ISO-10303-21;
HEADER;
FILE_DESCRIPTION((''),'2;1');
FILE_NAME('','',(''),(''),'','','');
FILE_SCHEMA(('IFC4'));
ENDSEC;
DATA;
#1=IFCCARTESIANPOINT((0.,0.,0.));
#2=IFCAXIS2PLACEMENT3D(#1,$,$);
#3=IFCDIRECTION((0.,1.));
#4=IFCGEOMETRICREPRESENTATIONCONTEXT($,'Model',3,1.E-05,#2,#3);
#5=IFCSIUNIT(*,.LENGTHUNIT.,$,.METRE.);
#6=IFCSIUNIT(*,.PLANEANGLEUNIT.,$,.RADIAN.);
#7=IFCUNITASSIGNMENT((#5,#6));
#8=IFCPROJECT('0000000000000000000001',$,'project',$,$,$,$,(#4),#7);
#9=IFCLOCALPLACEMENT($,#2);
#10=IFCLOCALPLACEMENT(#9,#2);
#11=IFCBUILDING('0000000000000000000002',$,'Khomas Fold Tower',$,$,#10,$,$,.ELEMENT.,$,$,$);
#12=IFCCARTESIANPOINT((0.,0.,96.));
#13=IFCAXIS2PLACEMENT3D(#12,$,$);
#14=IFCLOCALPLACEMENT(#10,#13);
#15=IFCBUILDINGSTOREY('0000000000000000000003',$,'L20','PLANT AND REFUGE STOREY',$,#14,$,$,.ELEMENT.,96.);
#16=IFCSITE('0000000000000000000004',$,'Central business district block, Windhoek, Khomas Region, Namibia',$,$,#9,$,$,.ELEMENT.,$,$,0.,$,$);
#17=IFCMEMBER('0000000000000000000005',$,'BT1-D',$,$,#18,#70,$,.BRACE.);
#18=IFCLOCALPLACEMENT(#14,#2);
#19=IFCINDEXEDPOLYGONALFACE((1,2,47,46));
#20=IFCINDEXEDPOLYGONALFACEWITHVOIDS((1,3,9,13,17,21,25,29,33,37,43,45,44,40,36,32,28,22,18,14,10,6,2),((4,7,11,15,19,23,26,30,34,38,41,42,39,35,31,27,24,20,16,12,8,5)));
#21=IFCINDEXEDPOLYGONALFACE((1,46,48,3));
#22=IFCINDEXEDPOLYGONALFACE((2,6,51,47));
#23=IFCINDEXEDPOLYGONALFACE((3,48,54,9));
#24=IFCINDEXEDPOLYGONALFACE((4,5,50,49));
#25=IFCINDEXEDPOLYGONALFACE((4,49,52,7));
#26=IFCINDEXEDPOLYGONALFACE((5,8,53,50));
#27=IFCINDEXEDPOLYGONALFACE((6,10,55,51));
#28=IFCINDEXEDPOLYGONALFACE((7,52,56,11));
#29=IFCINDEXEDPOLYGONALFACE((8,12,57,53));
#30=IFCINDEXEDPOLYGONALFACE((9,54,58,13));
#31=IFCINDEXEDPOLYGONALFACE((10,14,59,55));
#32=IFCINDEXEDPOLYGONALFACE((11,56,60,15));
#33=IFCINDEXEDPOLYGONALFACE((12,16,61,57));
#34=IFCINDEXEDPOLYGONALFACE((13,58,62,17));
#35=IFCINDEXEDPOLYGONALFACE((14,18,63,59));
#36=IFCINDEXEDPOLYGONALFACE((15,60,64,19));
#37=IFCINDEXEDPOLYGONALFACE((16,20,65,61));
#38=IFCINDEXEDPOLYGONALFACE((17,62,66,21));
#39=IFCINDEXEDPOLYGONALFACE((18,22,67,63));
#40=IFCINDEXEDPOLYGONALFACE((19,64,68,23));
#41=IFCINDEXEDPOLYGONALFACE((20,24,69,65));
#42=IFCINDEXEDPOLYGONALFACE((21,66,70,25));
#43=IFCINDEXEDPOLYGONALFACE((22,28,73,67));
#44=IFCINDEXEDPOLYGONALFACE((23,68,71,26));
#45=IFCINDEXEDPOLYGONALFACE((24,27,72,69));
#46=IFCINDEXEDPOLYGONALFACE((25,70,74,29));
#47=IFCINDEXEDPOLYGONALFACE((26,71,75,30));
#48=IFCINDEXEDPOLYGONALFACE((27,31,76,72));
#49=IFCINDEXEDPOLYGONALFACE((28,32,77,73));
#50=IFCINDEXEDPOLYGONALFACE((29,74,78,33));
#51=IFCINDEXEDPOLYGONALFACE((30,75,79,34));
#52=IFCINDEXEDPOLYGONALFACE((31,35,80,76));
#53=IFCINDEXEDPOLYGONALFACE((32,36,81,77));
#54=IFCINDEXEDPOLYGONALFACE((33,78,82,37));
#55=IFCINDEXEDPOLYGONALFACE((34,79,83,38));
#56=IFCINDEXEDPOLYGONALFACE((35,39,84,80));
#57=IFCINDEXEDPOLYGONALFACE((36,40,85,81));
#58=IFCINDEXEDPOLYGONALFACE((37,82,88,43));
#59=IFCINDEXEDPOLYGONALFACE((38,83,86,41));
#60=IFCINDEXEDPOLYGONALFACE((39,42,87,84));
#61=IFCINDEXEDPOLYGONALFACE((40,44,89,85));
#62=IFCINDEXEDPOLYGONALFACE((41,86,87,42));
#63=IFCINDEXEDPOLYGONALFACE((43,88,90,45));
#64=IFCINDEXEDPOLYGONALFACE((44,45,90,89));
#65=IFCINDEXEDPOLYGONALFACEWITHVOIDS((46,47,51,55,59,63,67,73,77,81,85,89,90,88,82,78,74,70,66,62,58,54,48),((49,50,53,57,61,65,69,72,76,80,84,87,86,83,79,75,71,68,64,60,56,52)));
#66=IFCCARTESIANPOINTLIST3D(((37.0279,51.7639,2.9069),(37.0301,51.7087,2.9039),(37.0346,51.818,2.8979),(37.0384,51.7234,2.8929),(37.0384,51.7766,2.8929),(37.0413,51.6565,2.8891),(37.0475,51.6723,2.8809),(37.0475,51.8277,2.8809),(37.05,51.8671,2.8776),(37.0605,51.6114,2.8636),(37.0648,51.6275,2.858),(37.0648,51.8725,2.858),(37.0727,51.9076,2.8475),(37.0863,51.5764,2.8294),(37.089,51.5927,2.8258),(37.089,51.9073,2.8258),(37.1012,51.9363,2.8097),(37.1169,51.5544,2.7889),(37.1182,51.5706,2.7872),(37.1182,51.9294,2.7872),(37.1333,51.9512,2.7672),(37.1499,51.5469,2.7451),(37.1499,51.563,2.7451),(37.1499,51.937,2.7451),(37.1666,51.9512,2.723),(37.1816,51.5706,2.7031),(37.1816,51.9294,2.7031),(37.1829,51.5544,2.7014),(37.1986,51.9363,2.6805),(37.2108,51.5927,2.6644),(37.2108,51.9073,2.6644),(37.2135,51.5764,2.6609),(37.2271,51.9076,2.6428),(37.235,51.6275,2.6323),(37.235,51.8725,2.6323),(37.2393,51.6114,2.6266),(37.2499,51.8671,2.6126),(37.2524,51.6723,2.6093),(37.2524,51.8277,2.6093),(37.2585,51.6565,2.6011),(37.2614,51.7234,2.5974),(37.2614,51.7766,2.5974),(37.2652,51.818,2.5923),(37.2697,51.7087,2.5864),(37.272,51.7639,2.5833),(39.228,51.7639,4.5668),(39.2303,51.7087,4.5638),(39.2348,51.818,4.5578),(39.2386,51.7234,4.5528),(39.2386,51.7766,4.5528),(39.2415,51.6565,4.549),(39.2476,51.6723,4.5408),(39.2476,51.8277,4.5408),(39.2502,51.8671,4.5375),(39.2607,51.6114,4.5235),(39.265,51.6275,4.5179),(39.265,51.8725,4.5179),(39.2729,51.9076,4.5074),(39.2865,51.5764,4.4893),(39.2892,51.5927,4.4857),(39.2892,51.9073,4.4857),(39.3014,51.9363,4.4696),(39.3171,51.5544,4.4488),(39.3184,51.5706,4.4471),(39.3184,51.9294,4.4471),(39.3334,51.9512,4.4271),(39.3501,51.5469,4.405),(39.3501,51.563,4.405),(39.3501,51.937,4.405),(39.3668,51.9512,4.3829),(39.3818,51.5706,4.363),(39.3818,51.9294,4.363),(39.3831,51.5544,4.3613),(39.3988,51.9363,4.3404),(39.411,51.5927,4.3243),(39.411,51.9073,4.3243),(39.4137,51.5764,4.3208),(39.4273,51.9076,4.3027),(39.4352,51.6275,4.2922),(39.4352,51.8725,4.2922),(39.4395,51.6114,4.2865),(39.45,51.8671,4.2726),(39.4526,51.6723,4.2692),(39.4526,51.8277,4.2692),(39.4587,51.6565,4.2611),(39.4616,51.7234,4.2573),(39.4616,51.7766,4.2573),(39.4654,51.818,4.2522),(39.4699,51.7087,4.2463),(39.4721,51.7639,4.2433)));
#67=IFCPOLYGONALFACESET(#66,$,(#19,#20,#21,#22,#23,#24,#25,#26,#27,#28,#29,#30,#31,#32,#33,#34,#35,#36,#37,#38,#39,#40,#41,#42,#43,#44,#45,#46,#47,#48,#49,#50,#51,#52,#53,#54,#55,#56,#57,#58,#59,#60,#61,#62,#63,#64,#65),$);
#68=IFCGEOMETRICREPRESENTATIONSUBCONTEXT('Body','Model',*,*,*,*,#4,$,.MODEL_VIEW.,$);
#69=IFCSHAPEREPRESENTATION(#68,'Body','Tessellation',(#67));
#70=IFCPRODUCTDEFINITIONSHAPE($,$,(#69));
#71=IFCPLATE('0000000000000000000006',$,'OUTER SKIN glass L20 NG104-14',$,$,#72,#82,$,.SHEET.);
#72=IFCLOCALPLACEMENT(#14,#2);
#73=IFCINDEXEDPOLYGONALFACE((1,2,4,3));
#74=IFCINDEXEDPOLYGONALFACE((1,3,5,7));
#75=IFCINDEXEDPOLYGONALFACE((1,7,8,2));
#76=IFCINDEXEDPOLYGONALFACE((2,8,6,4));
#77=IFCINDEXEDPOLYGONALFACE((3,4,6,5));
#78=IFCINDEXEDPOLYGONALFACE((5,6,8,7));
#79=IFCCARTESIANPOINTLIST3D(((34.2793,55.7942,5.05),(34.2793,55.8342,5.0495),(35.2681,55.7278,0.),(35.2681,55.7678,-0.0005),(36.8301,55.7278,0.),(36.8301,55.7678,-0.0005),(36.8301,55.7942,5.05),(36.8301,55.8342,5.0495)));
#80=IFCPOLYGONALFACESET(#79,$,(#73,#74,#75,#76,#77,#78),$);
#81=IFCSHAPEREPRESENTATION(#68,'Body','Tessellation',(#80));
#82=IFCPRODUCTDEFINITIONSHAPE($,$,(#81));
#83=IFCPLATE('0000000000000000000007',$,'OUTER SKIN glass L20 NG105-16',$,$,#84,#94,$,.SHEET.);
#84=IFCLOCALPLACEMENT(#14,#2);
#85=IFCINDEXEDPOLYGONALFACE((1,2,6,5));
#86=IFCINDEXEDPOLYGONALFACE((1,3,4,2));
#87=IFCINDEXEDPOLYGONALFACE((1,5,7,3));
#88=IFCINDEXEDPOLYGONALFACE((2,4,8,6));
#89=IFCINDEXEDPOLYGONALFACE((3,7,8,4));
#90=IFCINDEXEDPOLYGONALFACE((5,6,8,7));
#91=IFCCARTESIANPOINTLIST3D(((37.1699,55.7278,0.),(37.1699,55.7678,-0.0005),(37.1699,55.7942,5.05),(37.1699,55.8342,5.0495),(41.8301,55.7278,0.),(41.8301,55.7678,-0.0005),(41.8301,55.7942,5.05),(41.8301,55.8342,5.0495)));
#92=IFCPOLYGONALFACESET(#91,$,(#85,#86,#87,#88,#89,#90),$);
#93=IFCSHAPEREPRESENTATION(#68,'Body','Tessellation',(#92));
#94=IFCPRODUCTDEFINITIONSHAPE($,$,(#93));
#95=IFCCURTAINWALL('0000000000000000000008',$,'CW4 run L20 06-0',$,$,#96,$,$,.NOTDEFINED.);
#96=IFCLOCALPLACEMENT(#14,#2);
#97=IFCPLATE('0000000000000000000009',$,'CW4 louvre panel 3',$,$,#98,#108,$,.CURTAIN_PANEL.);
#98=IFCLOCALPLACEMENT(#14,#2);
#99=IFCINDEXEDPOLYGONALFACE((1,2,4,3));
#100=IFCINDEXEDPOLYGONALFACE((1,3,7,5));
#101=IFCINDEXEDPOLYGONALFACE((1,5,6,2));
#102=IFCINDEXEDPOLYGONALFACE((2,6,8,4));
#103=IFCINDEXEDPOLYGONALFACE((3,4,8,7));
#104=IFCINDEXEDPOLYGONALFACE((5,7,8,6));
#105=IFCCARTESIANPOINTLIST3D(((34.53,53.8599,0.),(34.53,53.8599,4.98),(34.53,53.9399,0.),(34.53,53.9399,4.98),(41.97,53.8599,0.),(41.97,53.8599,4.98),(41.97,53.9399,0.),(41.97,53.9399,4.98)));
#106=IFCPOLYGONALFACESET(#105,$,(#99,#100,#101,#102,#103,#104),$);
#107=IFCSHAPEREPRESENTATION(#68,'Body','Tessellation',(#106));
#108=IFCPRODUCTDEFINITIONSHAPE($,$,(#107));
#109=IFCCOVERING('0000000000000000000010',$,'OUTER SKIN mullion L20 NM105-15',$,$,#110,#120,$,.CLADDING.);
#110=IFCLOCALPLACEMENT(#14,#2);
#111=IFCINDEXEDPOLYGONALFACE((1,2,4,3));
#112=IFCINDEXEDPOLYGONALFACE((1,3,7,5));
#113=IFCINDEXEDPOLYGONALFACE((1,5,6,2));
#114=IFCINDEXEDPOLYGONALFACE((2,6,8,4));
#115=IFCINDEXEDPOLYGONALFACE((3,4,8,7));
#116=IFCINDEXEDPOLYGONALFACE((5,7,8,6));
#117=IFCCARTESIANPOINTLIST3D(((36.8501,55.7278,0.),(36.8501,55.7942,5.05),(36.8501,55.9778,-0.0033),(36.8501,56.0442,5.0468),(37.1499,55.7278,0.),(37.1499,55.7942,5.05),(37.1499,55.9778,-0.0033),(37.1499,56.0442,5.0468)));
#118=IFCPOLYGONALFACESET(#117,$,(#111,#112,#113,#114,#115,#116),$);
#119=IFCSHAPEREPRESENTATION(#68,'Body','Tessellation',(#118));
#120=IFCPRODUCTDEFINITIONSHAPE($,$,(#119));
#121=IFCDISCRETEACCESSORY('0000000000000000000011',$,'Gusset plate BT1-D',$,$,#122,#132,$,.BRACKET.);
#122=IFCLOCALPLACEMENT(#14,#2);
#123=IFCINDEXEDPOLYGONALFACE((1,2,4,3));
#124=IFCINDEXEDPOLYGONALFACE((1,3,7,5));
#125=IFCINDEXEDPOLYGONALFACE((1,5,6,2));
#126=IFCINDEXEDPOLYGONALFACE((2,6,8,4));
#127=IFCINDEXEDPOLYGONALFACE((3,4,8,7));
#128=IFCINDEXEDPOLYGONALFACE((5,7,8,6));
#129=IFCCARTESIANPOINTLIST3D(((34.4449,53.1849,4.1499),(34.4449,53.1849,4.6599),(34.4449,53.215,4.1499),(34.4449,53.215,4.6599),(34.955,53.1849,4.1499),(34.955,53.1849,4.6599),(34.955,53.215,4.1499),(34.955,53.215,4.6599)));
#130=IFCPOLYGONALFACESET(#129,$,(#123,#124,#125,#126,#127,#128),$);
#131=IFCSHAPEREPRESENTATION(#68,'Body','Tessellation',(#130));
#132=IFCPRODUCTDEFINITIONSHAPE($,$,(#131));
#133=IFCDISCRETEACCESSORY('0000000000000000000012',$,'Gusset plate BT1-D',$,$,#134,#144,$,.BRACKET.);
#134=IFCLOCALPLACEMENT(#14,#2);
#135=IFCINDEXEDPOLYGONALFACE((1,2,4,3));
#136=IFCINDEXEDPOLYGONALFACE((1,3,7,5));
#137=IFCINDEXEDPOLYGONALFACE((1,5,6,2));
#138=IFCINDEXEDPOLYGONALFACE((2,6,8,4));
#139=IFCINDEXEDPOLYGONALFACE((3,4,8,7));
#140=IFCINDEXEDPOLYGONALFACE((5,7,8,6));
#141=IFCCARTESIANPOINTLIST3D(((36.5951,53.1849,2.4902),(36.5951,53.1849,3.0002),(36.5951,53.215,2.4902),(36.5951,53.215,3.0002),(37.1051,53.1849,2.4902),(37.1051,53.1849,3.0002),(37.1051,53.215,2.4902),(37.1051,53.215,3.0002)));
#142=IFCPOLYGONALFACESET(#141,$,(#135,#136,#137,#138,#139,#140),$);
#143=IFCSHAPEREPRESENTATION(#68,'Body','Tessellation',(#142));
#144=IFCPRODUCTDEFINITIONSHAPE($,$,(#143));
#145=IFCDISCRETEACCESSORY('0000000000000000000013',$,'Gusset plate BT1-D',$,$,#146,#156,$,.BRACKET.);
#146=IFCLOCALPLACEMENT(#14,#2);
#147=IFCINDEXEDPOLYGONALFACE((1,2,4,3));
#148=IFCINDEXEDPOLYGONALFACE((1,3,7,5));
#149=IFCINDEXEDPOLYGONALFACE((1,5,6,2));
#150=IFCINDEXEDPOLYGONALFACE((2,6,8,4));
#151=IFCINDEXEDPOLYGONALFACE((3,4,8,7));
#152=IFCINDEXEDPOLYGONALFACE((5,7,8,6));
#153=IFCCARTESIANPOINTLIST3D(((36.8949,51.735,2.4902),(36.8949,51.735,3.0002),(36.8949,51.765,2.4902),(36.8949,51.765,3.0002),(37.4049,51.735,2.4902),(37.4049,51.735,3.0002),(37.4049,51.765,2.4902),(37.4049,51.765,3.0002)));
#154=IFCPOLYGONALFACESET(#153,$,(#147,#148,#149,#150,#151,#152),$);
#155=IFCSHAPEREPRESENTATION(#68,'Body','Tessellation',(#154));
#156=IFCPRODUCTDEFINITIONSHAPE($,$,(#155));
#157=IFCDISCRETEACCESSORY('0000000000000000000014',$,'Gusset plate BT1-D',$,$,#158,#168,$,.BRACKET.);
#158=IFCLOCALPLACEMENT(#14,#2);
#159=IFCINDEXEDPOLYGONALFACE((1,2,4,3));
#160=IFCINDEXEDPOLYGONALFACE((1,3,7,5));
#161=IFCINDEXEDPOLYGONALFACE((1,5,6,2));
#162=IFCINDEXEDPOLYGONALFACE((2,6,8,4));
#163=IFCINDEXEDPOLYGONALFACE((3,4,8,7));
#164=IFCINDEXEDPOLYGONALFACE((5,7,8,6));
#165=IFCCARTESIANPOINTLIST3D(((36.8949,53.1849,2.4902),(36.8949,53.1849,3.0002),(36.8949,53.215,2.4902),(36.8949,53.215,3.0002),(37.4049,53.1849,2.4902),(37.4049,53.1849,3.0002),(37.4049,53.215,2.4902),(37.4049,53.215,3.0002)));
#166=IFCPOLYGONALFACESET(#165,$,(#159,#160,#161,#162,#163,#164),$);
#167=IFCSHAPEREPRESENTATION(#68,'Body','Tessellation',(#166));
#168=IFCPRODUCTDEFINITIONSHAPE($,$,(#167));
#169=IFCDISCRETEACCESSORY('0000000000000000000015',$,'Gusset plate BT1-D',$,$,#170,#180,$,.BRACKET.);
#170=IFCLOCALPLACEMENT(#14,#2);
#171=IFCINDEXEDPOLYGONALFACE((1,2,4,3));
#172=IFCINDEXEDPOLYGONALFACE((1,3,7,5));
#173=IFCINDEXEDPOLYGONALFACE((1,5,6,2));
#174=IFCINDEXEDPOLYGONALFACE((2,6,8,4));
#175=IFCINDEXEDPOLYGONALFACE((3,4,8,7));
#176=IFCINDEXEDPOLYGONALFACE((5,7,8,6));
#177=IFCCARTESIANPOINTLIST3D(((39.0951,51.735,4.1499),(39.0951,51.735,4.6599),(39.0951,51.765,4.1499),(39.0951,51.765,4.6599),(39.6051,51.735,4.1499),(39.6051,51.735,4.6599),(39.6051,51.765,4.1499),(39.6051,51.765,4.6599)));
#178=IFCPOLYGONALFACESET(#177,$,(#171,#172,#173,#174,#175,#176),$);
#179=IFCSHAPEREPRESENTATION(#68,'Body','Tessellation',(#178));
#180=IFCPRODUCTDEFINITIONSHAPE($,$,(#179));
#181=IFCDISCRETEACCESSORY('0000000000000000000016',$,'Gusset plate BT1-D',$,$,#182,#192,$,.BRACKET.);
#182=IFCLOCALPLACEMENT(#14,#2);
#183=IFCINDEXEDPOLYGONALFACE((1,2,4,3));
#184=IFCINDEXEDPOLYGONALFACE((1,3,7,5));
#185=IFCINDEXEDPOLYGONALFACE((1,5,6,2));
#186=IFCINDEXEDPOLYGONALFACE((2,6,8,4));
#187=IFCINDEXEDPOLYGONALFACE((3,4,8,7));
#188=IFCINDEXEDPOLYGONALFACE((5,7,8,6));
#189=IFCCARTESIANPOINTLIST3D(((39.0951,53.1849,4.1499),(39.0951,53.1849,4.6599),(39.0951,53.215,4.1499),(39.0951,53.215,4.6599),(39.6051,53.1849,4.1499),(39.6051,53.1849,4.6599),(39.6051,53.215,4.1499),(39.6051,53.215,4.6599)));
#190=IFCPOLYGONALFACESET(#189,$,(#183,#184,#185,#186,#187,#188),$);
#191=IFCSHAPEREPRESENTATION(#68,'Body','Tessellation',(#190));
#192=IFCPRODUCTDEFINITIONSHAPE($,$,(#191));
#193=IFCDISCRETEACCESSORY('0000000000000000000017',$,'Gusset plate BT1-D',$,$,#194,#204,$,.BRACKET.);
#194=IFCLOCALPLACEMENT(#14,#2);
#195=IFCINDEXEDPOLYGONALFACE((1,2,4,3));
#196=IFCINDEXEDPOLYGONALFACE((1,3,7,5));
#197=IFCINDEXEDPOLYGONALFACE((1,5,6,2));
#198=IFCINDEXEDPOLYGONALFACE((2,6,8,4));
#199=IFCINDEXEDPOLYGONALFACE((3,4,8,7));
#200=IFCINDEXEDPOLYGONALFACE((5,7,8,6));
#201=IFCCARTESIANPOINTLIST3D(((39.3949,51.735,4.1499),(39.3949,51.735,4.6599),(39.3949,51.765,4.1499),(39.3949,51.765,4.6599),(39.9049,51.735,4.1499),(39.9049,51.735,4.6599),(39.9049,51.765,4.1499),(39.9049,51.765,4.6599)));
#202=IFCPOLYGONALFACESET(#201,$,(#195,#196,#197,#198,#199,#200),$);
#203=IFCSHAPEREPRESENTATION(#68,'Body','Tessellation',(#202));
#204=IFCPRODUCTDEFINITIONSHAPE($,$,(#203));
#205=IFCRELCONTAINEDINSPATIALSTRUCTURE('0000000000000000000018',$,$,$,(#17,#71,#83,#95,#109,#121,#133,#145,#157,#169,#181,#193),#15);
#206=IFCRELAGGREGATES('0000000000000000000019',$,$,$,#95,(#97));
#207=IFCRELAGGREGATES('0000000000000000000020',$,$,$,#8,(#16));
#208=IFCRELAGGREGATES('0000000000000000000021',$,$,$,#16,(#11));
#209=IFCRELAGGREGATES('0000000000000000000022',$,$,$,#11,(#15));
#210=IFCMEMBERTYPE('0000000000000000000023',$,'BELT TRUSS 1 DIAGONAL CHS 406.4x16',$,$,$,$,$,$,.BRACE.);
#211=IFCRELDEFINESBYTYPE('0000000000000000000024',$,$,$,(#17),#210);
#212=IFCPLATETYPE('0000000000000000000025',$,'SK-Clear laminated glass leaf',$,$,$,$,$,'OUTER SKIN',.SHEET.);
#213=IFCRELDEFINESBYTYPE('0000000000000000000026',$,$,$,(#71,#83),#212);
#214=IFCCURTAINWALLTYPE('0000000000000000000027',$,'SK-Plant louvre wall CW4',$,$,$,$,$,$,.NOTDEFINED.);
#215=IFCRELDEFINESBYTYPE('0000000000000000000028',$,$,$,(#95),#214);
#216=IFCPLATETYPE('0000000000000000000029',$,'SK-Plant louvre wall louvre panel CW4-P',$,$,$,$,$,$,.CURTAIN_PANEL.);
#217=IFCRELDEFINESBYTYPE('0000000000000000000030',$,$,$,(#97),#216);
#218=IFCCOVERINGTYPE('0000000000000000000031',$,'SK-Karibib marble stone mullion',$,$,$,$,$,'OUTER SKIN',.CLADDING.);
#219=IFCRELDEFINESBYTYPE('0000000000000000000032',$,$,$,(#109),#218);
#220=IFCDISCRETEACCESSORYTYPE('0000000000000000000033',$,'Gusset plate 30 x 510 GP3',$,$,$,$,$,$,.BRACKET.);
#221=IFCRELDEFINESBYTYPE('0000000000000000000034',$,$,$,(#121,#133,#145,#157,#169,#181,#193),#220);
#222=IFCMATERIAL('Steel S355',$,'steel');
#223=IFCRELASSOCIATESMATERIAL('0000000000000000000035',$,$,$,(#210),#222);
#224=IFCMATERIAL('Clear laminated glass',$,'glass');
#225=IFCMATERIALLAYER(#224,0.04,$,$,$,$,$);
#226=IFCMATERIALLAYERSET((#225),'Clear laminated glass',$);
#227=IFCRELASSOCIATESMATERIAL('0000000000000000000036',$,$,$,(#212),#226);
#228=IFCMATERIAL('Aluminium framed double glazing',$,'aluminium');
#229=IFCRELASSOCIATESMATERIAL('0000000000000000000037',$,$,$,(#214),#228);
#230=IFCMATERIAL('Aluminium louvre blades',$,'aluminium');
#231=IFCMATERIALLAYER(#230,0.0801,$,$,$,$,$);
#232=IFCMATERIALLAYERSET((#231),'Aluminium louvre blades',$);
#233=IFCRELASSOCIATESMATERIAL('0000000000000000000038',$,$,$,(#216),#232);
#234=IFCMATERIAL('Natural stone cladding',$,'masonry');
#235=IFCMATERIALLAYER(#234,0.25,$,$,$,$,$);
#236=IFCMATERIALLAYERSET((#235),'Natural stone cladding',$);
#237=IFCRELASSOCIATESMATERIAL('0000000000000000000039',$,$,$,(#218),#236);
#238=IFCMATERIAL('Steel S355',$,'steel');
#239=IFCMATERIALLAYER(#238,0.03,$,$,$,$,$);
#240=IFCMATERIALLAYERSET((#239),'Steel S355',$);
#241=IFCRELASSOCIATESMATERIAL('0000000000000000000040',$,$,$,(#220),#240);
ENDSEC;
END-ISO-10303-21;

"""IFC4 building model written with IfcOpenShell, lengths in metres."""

from ifc_helpers import new_model, si_unit, direction, frame, origin, origin_2d, place, context, subcontext, project, spatial, polyline, rectangle, hollow_circle, outline, extrude, source, transform, mapped, material, layer, layer_set, material_profile, profile_set, type_object, element, aggregate, save


model = new_model("IFC4")

# Units and contexts
model_context = context("Model", 3, precision=1e-05, world=origin(), true_north=direction((0.0, 1.0)))
body_context = subcontext(model_context, "Body", "Model", "MODEL_VIEW")
ifc_project = project(units=[si_unit("LENGTHUNIT", "METRE"), si_unit("PLANEANGLEUNIT", "RADIAN")], contexts=[model_context])

# Site, building, storey
site_placement = place(None, origin())
site = spatial("IfcSite", under=ifc_project, at=site_placement, Name="Central business district block, Windhoek, Khomas Region, Namibia", CompositionType="ELEMENT", RefElevation=0.0)
building_placement = place(site_placement, origin())
building = spatial("IfcBuilding", under=site, at=building_placement, Name="Khomas Fold Tower", CompositionType="ELEMENT")
storey_placement = place(building_placement, frame((0.0, 0.0, 96.0)))
storey = spatial("IfcBuildingStorey", under=building, at=storey_placement, Name="L20", Description="PLANT AND REFUGE STOREY", CompositionType="ELEMENT", Elevation=96.0)

# Member
ifc_material_1 = material(Name="Steel S355", Category="steel")
ifc_material_profile_1 = material_profile(ifc_material_1, hollow_circle(Radius=0.2031, WallThickness=0.0161, at=origin_2d()), Name="CHS 406.4x16")
ifc_profile_set_1 = profile_set([ifc_material_profile_1], Name="Steel S355")
member_type_1 = type_object("IfcMemberType", Name="BELT TRUSS 1 DIAGONAL CHS 406.4x16", PredefinedType="BRACE", material=ifc_profile_set_1)
shared_shape_1 = source(origin(), body_context, "Body", "SweptSolid", [
    extrude(hollow_circle(Radius=0.2031, WallThickness=0.0161, at=origin_2d()), origin(), (0.0, 0.0, 1.0), 2.7561),
])
for number, where, z_axis, x_axis, name in (
    (1, (39.3501, 51.75, 4.405), (-0.798296, 0.0, -0.602265), (0.0, -1.0, 0.0), "BT1-D"),
):
    element("IfcMember", number, at=place(storey_placement, frame(where, z_axis=z_axis, x_axis=x_axis)), inside=storey, type_object=member_type_1, Name=name, PredefinedType="BRACE", context=body_context, shape_type="MappedRepresentation", body=[
        mapped(shared_shape_1, transform((0.0, 0.0, 0.0))),
    ])

# Plates
ifc_material_2 = material(Name="Clear laminated glass", Category="glass")
ifc_layer_1 = layer(ifc_material_2, 0.04)
ifc_layer_set_1 = layer_set([ifc_layer_1], Name="Clear laminated glass")
plate_type_1 = type_object("IfcPlateType", Name="SK-Clear laminated glass leaf", ElementType="OUTER SKIN", PredefinedType="SHEET", material=ifc_layer_set_1)
plate_1_placement = place(storey_placement, frame((35.2681, 55.7278, 0.0), z_axis=(0.0, -0.999914, 0.013148), x_axis=(-0.19213, 0.012904, 0.981285)))
element("IfcPlate", 2, at=plate_1_placement, inside=storey, type_object=plate_type_1, Name="OUTER SKIN glass L20 NG104-14", PredefinedType="SHEET", context=body_context, shape_type="SweptSolid", body=[
    extrude(outline(polyline([(0.0, 0.0), (5.1464, 0.0), (4.6563, -2.5033), (-0.3001, -1.5329), (0.0, 0.0)])), origin(), (0.0, 0.0, -1.0), 0.04),
])
plate_2_placement = place(storey_placement, frame((37.1699, 55.7278, 0.0), z_axis=(0.0, -0.999914, 0.013148), x_axis=(0.0, 0.013148, 0.999914)))
element("IfcPlate", 3, at=plate_2_placement, inside=storey, type_object=plate_type_1, Name="OUTER SKIN glass L20 NG105-16", PredefinedType="SHEET", context=body_context, shape_type="SweptSolid", body=[
    extrude(outline(polyline([(0.0, 0.0), (5.0505, 0.0), (5.0505, -4.6602), (0.0, -4.6602), (0.0, 0.0)])), origin(), (0.0, 0.0, -1.0), 0.04),
])

# Curtain wall, plate
ifc_material_3 = material(Name="Aluminium framed double glazing", Category="aluminium")
curtain_wall_type = type_object("IfcCurtainWallType", Name="SK-Plant louvre wall CW4", PredefinedType="NOTDEFINED", material=ifc_material_3)
curtain_wall_placement = place(storey_placement, origin())
curtain_wall = element("IfcCurtainWall", 4, at=curtain_wall_placement, inside=storey, type_object=curtain_wall_type, Name="CW4 run L20 06-0", PredefinedType="NOTDEFINED")
ifc_material_4 = material(Name="Aluminium louvre blades", Category="aluminium")
ifc_layer_2 = layer(ifc_material_4, 0.0801)
ifc_layer_set_2 = layer_set([ifc_layer_2], Name="Aluminium louvre blades")
plate_type_2 = type_object("IfcPlateType", Name="SK-Plant louvre wall louvre panel CW4-P", PredefinedType="CURTAIN_PANEL", material=ifc_layer_set_2)
shared_shape_2 = source(origin(), body_context, "Body", "SweptSolid", [
    extrude(rectangle(XDim=7.4399, YDim=0.0801, at=origin_2d()), origin(), (0.0, 0.0, 1.0), 4.98),
])
plate_3_placement = place(storey_placement, frame((38.25, 53.8999, 0.0), z_axis=(0.0, 0.0, 1.0), x_axis=(-1.0, 0.0, 0.0)))
plate_3 = element("IfcPlate", 5, at=plate_3_placement, type_object=plate_type_2, Name="CW4 louvre panel 3", PredefinedType="CURTAIN_PANEL", context=body_context, shape_type="MappedRepresentation", body=[
    mapped(shared_shape_2, transform((0.0, 0.0, 0.0))),
])
aggregate(curtain_wall, [plate_3])

# Covering
ifc_material_5 = material(Name="Natural stone cladding", Category="masonry")
ifc_layer_3 = layer(ifc_material_5, 0.25)
ifc_layer_set_3 = layer_set([ifc_layer_3], Name="Natural stone cladding")
covering_type = type_object("IfcCoveringType", Name="SK-Karibib marble stone mullion", ElementType="OUTER SKIN", PredefinedType="CLADDING", material=ifc_layer_set_3)
covering_placement = place(storey_placement, frame((36.8501, 55.7278, 0.0), z_axis=(0.0, -0.999914, 0.013148), x_axis=(0.0, 0.013148, 0.999914)))
element("IfcCovering", 6, at=covering_placement, inside=storey, type_object=covering_type, Name="OUTER SKIN mullion L20 NM105-15", PredefinedType="CLADDING", context=body_context, shape_type="SweptSolid", body=[
    extrude(outline(polyline([(0.0, 0.0), (5.0505, 0.0), (5.0505, -0.2998), (0.0, -0.2998), (0.0, 0.0)])), origin(), (0.0, 0.0, -1.0), 0.25),
])

# Discrete accessories
ifc_material_6 = material(Name="Steel S355", Category="steel")
ifc_layer_4 = layer(ifc_material_6, 0.03)
ifc_layer_set_4 = layer_set([ifc_layer_4], Name="Steel S355")
discrete_accessory_type_1 = type_object("IfcDiscreteAccessoryType", Name="Gusset plate 30 x 510 GP3", PredefinedType="BRACKET", material=ifc_layer_set_4)
shared_shape_3 = source(origin(), body_context, "Body", "SweptSolid", [
    extrude(rectangle(XDim=0.51, YDim=0.03, at=origin_2d()), origin(), (0.0, 0.0, 1.0), 0.51),
])
for number, where, z_axis, x_axis, name in (
    (7, (34.7, 53.2, 4.1499), (0.0, 0.0, 1.0), (1.0, 0.0, 0.0), "Gusset plate BT1-D"),
    (8, (36.8501, 53.2, 2.4902), (0.0, 0.0, 1.0), (1.0, 0.0, 0.0), "Gusset plate BT1-D"),
    (9, (37.1499, 51.75, 2.4902), (0.0, 0.0, 1.0), (1.0, 0.0, 0.0), "Gusset plate BT1-D"),
    (10, (37.1499, 53.2, 2.4902), (0.0, 0.0, 1.0), (1.0, 0.0, 0.0), "Gusset plate BT1-D"),
    (11, (39.3501, 51.75, 4.1499), (0.0, 0.0, 1.0), (1.0, 0.0, 0.0), "Gusset plate BT1-D"),
    (12, (39.3501, 53.2, 4.1499), (0.0, 0.0, 1.0), (1.0, 0.0, 0.0), "Gusset plate BT1-D"),
    (13, (39.6499, 51.75, 4.1499), (0.0, 0.0, 1.0), (1.0, 0.0, 0.0), "Gusset plate BT1-D"),
):
    element("IfcDiscreteAccessory", number, at=place(storey_placement, frame(where, z_axis=z_axis, x_axis=x_axis)), inside=storey, type_object=discrete_accessory_type_1, Name=name, PredefinedType="BRACKET", context=body_context, shape_type="MappedRepresentation", body=[
        mapped(shared_shape_3, transform((0.0, 0.0, 0.0))),
    ])

save(model, "model.ifc")
